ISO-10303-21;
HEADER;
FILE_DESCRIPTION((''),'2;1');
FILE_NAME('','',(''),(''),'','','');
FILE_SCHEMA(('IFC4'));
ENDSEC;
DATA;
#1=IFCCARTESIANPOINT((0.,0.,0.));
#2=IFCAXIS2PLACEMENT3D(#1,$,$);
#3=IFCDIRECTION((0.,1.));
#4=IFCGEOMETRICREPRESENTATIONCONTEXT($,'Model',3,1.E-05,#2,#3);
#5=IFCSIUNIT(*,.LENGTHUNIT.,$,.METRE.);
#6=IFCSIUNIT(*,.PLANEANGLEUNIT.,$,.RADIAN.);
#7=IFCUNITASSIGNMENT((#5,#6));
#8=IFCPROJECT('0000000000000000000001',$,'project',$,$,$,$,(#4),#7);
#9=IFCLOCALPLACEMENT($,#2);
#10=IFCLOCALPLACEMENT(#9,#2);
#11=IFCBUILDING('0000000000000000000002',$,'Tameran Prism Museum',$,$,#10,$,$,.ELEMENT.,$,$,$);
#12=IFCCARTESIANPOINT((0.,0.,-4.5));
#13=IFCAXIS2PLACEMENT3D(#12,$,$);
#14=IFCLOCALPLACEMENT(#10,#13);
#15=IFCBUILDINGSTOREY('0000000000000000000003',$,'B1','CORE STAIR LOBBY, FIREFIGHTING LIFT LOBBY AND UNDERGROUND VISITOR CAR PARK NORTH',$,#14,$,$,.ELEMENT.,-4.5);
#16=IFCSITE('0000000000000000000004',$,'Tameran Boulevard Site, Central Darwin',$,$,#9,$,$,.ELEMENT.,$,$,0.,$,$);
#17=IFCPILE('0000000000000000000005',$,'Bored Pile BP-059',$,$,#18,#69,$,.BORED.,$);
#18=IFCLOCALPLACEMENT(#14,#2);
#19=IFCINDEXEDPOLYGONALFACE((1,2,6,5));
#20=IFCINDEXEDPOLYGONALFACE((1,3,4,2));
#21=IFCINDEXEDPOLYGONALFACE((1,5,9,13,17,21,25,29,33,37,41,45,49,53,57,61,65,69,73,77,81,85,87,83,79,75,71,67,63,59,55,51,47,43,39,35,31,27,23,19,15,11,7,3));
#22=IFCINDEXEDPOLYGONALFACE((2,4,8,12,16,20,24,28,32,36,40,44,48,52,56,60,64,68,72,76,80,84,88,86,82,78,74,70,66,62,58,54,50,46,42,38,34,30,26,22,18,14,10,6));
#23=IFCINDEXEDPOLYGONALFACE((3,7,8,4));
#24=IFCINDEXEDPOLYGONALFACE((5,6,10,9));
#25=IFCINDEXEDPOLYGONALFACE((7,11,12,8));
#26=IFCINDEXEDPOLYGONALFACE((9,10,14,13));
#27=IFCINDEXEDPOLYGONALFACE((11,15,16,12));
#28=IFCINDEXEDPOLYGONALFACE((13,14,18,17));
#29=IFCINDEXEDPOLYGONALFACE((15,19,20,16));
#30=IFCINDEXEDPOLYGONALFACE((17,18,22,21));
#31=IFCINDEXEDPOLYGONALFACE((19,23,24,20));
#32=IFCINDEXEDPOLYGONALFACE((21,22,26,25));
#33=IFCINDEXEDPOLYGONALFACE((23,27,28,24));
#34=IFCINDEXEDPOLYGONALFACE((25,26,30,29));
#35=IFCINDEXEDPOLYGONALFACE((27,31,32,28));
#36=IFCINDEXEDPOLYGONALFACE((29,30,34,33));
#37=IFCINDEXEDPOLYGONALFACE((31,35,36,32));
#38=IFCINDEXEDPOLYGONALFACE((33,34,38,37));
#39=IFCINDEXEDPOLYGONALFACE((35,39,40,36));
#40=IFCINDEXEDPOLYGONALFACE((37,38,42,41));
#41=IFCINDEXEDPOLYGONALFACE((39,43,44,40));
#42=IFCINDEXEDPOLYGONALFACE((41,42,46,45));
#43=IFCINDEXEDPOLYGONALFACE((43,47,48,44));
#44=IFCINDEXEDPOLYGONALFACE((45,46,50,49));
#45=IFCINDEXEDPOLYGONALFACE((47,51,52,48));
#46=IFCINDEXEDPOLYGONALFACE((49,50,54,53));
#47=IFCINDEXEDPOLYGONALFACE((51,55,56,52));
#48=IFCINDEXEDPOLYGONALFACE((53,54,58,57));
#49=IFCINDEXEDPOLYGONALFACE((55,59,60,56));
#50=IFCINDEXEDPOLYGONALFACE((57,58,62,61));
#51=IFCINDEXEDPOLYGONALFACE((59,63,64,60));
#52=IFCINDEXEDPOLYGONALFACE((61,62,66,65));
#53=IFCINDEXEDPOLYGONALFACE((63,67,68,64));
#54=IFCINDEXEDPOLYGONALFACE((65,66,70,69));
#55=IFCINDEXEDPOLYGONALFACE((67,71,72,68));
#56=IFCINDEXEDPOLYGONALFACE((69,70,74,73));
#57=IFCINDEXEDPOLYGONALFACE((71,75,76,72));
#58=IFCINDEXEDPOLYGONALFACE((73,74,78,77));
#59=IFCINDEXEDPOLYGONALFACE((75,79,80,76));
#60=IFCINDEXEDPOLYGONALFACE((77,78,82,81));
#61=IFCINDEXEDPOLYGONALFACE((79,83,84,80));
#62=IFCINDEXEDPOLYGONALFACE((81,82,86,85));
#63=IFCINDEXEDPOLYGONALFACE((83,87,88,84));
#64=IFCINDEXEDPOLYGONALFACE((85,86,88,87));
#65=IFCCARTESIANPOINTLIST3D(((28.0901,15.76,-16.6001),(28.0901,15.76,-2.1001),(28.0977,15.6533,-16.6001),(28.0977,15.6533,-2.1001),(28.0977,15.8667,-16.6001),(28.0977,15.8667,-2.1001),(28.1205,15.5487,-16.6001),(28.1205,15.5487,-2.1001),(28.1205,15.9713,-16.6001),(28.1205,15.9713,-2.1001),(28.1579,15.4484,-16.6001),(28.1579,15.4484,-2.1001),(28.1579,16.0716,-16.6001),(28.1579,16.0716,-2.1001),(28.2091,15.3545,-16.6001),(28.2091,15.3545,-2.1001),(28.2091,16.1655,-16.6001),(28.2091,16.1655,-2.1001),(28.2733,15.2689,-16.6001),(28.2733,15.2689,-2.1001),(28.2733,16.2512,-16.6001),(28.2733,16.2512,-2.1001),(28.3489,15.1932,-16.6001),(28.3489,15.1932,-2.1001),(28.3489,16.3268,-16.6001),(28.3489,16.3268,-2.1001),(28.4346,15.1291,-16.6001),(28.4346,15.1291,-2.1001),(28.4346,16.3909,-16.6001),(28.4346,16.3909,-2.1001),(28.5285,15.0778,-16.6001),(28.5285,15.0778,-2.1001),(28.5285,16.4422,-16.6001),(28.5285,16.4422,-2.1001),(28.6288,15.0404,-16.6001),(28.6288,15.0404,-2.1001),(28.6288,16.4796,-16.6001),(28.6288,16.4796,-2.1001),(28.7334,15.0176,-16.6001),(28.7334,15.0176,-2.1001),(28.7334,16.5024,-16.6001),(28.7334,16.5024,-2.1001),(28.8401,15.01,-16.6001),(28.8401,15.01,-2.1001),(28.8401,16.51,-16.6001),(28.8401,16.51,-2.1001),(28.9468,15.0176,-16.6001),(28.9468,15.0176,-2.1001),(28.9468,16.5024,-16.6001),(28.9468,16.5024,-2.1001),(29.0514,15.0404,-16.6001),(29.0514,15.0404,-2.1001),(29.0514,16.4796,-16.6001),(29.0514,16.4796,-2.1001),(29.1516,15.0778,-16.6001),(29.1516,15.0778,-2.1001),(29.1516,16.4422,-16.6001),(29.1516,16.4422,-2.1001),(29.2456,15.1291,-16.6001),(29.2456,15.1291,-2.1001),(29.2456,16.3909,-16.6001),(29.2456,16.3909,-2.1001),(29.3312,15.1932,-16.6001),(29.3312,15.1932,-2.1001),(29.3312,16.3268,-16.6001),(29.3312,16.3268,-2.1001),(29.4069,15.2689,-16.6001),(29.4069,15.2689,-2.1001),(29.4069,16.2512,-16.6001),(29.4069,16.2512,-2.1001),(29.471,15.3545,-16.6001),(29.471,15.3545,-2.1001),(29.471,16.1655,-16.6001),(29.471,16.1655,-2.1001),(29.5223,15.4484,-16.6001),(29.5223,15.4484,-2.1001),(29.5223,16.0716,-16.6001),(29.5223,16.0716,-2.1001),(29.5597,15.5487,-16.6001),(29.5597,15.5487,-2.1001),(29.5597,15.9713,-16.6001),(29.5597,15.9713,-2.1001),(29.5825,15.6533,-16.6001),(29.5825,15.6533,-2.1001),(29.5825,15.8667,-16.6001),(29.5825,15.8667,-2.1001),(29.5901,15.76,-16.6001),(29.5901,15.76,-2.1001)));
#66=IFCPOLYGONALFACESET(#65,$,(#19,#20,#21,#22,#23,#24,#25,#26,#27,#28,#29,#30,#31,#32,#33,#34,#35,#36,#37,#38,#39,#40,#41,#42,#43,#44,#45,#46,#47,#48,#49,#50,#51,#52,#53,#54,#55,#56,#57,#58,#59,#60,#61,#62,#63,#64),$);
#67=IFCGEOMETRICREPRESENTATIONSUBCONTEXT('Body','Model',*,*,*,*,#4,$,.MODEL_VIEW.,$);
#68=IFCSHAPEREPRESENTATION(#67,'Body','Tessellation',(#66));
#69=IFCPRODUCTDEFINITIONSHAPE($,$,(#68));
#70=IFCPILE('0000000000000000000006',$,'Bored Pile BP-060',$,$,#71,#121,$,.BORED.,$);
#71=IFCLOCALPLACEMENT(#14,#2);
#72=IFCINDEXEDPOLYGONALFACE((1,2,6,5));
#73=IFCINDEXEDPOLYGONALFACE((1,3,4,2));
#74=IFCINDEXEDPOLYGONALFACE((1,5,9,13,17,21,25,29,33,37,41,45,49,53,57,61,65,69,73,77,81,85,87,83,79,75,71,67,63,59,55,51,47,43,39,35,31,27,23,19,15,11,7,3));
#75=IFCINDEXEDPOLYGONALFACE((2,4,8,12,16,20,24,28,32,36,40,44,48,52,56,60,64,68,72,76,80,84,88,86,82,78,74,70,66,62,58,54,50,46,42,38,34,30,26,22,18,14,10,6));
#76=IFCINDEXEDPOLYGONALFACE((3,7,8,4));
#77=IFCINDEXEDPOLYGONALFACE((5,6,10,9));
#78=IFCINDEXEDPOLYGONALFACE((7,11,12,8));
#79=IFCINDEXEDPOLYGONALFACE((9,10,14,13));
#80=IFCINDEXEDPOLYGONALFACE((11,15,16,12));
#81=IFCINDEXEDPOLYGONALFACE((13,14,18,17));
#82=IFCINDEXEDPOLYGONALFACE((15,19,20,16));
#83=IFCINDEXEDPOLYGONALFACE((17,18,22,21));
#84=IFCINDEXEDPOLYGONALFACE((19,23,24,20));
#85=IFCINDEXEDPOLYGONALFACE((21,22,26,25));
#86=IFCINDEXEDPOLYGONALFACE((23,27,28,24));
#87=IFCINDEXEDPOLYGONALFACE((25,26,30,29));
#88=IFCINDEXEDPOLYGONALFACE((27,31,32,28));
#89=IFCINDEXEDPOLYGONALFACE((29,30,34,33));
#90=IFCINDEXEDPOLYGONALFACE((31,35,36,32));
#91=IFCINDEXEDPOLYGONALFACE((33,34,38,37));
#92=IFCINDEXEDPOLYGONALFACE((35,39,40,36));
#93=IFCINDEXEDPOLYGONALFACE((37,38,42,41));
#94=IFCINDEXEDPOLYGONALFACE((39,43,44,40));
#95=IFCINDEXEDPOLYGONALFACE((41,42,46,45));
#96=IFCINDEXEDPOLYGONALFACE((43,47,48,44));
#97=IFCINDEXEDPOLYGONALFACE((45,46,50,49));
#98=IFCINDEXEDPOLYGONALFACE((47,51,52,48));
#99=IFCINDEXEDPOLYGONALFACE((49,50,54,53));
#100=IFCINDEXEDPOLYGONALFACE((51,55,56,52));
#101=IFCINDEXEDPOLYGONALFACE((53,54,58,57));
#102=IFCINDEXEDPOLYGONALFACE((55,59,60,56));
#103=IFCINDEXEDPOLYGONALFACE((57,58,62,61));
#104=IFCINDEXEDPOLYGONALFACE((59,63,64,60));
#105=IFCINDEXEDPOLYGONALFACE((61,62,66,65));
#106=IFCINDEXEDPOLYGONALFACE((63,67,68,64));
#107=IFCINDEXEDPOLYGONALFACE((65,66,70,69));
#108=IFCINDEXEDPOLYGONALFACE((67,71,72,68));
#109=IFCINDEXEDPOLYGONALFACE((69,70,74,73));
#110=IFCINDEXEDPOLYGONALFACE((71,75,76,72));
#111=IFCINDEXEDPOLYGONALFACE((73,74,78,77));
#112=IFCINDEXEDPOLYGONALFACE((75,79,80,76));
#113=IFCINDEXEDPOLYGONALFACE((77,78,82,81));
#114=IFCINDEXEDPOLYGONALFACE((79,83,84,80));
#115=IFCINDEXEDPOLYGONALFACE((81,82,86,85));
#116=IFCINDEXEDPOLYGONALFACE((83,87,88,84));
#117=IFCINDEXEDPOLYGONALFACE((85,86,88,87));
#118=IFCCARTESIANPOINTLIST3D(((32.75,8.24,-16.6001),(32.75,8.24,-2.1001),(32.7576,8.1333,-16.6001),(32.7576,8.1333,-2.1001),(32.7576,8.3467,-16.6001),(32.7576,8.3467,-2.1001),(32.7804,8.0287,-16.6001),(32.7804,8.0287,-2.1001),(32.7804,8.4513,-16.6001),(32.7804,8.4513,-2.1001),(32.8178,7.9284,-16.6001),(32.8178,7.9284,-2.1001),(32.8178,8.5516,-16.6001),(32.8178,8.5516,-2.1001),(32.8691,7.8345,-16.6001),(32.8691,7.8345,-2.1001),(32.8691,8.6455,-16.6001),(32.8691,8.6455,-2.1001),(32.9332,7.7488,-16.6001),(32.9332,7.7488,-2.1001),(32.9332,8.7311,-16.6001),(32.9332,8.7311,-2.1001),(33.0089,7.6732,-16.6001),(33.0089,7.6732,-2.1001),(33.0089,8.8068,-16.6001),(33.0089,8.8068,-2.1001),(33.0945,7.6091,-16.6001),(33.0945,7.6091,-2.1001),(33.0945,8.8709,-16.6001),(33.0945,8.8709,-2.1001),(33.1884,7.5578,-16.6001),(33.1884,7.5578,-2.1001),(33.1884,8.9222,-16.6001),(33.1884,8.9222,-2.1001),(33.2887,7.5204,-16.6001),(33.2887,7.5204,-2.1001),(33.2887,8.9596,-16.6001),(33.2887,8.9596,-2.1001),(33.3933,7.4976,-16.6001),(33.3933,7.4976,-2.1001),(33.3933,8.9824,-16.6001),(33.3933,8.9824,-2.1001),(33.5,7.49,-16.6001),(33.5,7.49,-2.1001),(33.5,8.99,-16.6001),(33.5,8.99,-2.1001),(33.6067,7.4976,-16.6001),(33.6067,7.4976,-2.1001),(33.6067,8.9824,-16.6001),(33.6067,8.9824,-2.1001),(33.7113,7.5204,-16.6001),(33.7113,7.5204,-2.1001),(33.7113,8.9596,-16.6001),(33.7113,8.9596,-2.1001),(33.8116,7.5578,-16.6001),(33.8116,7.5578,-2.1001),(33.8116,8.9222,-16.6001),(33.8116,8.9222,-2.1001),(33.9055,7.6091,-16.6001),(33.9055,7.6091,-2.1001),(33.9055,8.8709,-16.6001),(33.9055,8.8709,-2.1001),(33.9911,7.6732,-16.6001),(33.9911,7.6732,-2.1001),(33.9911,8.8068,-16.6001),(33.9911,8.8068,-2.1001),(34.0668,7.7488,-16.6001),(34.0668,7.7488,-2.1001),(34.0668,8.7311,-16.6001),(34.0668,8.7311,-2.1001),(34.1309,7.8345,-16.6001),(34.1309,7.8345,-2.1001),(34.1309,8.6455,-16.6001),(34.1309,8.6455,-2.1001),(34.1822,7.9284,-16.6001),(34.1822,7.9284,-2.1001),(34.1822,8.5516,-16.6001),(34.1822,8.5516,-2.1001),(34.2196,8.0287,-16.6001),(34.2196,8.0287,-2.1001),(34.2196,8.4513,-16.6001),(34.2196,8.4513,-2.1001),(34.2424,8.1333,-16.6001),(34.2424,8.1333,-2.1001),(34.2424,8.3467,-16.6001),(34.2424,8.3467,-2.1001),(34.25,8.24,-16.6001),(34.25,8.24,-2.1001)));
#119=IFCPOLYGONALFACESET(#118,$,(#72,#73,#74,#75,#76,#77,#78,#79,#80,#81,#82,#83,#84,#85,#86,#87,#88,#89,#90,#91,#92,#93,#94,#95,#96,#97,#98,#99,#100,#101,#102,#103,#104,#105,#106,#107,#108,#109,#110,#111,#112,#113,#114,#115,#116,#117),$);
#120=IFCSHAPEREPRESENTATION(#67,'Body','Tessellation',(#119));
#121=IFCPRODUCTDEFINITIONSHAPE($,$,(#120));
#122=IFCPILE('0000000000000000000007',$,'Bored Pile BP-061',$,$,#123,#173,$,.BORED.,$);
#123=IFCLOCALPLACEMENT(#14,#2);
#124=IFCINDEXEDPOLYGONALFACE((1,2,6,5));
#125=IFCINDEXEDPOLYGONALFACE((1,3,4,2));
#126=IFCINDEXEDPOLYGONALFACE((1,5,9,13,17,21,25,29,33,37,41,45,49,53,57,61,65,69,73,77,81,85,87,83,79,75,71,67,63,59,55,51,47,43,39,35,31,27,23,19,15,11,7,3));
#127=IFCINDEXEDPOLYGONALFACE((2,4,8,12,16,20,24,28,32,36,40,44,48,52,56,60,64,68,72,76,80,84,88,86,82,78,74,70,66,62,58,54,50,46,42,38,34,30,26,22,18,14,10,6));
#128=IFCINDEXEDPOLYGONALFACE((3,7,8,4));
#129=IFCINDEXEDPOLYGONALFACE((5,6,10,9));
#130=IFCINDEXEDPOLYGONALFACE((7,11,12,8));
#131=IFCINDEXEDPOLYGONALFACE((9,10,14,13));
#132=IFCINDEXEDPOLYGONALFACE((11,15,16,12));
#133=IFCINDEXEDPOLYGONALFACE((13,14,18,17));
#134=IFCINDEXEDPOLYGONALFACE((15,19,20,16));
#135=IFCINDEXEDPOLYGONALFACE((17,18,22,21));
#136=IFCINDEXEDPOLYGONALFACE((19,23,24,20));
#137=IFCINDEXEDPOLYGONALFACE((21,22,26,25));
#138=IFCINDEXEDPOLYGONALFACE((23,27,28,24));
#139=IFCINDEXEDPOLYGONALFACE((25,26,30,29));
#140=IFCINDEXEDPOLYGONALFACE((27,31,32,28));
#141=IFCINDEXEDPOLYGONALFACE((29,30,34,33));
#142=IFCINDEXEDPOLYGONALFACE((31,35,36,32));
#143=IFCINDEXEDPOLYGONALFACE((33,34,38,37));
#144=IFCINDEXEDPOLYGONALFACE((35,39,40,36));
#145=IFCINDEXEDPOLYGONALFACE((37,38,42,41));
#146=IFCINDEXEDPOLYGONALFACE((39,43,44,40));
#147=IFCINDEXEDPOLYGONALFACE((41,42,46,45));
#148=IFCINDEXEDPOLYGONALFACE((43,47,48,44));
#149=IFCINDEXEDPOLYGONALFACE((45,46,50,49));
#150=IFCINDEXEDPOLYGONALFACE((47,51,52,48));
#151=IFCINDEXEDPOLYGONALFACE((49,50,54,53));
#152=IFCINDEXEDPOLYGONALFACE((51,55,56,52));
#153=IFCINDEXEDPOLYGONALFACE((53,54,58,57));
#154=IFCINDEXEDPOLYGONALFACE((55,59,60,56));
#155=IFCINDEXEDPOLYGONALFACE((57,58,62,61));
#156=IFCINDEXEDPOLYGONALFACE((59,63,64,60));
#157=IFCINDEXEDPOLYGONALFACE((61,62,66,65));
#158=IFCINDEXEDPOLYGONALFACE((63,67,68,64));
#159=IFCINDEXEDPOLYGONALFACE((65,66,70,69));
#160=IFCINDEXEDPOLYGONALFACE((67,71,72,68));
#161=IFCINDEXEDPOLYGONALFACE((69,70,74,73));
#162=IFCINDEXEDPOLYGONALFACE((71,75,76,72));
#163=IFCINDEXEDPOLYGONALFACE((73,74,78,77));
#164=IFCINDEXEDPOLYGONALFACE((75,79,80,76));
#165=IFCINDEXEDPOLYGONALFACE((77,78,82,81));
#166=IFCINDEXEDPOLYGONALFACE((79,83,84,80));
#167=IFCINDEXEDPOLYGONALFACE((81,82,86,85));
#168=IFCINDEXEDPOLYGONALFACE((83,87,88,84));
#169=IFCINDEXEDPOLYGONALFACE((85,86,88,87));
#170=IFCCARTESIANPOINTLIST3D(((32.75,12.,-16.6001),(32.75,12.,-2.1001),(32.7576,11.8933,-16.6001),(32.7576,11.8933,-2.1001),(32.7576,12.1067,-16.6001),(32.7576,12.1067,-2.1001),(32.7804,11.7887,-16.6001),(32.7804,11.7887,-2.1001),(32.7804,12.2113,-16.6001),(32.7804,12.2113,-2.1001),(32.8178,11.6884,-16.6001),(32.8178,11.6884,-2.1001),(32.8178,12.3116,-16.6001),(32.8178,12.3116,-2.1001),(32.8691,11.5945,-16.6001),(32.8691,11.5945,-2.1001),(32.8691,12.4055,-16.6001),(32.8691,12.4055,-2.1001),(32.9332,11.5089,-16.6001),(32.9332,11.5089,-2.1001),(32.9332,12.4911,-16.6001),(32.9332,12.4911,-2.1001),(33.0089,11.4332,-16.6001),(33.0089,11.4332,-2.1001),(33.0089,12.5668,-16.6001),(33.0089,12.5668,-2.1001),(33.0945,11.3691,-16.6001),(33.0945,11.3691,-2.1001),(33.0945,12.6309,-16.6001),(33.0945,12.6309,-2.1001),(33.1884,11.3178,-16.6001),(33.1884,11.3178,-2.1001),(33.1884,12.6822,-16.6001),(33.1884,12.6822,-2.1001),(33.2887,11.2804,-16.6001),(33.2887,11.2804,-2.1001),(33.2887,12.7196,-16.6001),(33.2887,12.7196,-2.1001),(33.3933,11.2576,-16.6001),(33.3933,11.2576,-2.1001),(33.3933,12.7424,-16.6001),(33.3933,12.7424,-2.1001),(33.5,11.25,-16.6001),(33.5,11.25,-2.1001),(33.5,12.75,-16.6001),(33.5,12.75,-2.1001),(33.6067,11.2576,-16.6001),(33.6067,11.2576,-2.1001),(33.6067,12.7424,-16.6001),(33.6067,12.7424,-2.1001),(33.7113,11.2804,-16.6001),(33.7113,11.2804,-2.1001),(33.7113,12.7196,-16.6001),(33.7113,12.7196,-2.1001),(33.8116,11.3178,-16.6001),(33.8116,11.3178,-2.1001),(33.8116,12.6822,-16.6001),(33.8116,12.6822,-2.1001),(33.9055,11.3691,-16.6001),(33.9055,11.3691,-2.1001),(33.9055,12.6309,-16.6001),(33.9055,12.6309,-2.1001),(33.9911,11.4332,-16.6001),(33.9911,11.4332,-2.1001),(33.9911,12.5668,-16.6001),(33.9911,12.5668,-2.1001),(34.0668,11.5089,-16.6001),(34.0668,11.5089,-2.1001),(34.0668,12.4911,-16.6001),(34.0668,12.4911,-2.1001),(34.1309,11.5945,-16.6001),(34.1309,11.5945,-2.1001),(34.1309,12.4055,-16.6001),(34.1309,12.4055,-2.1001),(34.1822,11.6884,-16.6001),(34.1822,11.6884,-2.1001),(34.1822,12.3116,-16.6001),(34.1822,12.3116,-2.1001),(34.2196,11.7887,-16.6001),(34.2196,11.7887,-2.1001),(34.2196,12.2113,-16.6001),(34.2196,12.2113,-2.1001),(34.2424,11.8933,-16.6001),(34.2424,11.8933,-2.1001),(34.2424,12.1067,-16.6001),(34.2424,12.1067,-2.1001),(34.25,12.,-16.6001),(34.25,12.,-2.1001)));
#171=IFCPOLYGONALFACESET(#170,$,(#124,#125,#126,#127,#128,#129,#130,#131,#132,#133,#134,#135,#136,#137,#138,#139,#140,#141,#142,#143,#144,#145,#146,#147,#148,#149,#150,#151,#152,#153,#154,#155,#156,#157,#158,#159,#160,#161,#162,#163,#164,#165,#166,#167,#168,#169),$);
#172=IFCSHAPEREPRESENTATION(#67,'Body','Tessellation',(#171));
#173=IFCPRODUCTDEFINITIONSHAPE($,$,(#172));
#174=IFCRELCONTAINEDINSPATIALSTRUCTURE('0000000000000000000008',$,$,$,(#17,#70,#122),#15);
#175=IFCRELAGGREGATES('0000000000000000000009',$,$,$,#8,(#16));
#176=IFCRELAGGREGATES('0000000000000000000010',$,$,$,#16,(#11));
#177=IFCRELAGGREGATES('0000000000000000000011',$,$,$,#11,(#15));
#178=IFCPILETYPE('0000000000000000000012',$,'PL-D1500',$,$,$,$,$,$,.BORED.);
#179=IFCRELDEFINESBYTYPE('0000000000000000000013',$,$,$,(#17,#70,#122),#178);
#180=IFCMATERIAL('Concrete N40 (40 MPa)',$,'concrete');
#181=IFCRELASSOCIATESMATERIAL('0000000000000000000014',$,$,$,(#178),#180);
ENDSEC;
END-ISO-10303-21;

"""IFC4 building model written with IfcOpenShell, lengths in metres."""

from ifc_helpers import new_model, si_unit, direction, frame, origin, origin_2d, place, context, subcontext, project, spatial, circle, extrude, material, material_profile, profile_set, type_object, element, save


model = new_model("IFC4")

# Units and contexts
model_context = context("Model", 3, precision=1e-05, world=origin(), true_north=direction((0.0, 1.0)))
body_context = subcontext(model_context, "Body", "Model", "MODEL_VIEW")
ifc_project = project(units=[si_unit("LENGTHUNIT", "METRE"), si_unit("PLANEANGLEUNIT", "RADIAN")], contexts=[model_context])

# Site, building, storey
site_placement = place(None, origin())
site = spatial("IfcSite", under=ifc_project, at=site_placement, Name="Tameran Boulevard Site, Central Darwin", CompositionType="ELEMENT", RefElevation=0.0)
building_placement = place(site_placement, origin())
building = spatial("IfcBuilding", under=site, at=building_placement, Name="Tameran Prism Museum", CompositionType="ELEMENT")
storey_placement = place(building_placement, frame((0.0, 0.0, -4.5)))
storey = spatial("IfcBuildingStorey", under=building, at=storey_placement, Name="B1", Description="CORE STAIR LOBBY, FIREFIGHTING LIFT LOBBY AND UNDERGROUND VISITOR CAR PARK NORTH", CompositionType="ELEMENT", Elevation=-4.5)

# Piles
ifc_material_1 = material(Name="Concrete N40 (40 MPa)", Category="concrete")
ifc_material_profile_1 = material_profile(ifc_material_1, circle(Radius=0.75, at=origin_2d()))
ifc_profile_set_1 = profile_set([ifc_material_profile_1])
pile_type_1 = type_object("IfcPileType", Name="PL-D1500", PredefinedType="BORED", material=ifc_profile_set_1)
for number, where, z_axis, x_axis, name in (
    (1, (28.8401, 15.76, -2.1001), (0.0, 0.0, -1.0), (1.0, 0.0, 0.0), "Bored Pile BP-059"),
    (2, (33.5, 8.24, -2.1001), (0.0, 0.0, -1.0), (1.0, 0.0, 0.0), "Bored Pile BP-060"),
    (3, (33.5, 12.0, -2.1001), (0.0, 0.0, -1.0), (1.0, 0.0, 0.0), "Bored Pile BP-061"),
):
    element("IfcPile", number, at=place(storey_placement, frame(where, z_axis=z_axis, x_axis=x_axis)), inside=storey, type_object=pile_type_1, Name=name, PredefinedType="BORED", context=body_context, shape_type="SweptSolid", body=[
        extrude(circle(Radius=0.75, at=origin_2d()), origin(), (0.0, 0.0, 1.0), 14.5),
    ])

save(model, "model.ifc")
